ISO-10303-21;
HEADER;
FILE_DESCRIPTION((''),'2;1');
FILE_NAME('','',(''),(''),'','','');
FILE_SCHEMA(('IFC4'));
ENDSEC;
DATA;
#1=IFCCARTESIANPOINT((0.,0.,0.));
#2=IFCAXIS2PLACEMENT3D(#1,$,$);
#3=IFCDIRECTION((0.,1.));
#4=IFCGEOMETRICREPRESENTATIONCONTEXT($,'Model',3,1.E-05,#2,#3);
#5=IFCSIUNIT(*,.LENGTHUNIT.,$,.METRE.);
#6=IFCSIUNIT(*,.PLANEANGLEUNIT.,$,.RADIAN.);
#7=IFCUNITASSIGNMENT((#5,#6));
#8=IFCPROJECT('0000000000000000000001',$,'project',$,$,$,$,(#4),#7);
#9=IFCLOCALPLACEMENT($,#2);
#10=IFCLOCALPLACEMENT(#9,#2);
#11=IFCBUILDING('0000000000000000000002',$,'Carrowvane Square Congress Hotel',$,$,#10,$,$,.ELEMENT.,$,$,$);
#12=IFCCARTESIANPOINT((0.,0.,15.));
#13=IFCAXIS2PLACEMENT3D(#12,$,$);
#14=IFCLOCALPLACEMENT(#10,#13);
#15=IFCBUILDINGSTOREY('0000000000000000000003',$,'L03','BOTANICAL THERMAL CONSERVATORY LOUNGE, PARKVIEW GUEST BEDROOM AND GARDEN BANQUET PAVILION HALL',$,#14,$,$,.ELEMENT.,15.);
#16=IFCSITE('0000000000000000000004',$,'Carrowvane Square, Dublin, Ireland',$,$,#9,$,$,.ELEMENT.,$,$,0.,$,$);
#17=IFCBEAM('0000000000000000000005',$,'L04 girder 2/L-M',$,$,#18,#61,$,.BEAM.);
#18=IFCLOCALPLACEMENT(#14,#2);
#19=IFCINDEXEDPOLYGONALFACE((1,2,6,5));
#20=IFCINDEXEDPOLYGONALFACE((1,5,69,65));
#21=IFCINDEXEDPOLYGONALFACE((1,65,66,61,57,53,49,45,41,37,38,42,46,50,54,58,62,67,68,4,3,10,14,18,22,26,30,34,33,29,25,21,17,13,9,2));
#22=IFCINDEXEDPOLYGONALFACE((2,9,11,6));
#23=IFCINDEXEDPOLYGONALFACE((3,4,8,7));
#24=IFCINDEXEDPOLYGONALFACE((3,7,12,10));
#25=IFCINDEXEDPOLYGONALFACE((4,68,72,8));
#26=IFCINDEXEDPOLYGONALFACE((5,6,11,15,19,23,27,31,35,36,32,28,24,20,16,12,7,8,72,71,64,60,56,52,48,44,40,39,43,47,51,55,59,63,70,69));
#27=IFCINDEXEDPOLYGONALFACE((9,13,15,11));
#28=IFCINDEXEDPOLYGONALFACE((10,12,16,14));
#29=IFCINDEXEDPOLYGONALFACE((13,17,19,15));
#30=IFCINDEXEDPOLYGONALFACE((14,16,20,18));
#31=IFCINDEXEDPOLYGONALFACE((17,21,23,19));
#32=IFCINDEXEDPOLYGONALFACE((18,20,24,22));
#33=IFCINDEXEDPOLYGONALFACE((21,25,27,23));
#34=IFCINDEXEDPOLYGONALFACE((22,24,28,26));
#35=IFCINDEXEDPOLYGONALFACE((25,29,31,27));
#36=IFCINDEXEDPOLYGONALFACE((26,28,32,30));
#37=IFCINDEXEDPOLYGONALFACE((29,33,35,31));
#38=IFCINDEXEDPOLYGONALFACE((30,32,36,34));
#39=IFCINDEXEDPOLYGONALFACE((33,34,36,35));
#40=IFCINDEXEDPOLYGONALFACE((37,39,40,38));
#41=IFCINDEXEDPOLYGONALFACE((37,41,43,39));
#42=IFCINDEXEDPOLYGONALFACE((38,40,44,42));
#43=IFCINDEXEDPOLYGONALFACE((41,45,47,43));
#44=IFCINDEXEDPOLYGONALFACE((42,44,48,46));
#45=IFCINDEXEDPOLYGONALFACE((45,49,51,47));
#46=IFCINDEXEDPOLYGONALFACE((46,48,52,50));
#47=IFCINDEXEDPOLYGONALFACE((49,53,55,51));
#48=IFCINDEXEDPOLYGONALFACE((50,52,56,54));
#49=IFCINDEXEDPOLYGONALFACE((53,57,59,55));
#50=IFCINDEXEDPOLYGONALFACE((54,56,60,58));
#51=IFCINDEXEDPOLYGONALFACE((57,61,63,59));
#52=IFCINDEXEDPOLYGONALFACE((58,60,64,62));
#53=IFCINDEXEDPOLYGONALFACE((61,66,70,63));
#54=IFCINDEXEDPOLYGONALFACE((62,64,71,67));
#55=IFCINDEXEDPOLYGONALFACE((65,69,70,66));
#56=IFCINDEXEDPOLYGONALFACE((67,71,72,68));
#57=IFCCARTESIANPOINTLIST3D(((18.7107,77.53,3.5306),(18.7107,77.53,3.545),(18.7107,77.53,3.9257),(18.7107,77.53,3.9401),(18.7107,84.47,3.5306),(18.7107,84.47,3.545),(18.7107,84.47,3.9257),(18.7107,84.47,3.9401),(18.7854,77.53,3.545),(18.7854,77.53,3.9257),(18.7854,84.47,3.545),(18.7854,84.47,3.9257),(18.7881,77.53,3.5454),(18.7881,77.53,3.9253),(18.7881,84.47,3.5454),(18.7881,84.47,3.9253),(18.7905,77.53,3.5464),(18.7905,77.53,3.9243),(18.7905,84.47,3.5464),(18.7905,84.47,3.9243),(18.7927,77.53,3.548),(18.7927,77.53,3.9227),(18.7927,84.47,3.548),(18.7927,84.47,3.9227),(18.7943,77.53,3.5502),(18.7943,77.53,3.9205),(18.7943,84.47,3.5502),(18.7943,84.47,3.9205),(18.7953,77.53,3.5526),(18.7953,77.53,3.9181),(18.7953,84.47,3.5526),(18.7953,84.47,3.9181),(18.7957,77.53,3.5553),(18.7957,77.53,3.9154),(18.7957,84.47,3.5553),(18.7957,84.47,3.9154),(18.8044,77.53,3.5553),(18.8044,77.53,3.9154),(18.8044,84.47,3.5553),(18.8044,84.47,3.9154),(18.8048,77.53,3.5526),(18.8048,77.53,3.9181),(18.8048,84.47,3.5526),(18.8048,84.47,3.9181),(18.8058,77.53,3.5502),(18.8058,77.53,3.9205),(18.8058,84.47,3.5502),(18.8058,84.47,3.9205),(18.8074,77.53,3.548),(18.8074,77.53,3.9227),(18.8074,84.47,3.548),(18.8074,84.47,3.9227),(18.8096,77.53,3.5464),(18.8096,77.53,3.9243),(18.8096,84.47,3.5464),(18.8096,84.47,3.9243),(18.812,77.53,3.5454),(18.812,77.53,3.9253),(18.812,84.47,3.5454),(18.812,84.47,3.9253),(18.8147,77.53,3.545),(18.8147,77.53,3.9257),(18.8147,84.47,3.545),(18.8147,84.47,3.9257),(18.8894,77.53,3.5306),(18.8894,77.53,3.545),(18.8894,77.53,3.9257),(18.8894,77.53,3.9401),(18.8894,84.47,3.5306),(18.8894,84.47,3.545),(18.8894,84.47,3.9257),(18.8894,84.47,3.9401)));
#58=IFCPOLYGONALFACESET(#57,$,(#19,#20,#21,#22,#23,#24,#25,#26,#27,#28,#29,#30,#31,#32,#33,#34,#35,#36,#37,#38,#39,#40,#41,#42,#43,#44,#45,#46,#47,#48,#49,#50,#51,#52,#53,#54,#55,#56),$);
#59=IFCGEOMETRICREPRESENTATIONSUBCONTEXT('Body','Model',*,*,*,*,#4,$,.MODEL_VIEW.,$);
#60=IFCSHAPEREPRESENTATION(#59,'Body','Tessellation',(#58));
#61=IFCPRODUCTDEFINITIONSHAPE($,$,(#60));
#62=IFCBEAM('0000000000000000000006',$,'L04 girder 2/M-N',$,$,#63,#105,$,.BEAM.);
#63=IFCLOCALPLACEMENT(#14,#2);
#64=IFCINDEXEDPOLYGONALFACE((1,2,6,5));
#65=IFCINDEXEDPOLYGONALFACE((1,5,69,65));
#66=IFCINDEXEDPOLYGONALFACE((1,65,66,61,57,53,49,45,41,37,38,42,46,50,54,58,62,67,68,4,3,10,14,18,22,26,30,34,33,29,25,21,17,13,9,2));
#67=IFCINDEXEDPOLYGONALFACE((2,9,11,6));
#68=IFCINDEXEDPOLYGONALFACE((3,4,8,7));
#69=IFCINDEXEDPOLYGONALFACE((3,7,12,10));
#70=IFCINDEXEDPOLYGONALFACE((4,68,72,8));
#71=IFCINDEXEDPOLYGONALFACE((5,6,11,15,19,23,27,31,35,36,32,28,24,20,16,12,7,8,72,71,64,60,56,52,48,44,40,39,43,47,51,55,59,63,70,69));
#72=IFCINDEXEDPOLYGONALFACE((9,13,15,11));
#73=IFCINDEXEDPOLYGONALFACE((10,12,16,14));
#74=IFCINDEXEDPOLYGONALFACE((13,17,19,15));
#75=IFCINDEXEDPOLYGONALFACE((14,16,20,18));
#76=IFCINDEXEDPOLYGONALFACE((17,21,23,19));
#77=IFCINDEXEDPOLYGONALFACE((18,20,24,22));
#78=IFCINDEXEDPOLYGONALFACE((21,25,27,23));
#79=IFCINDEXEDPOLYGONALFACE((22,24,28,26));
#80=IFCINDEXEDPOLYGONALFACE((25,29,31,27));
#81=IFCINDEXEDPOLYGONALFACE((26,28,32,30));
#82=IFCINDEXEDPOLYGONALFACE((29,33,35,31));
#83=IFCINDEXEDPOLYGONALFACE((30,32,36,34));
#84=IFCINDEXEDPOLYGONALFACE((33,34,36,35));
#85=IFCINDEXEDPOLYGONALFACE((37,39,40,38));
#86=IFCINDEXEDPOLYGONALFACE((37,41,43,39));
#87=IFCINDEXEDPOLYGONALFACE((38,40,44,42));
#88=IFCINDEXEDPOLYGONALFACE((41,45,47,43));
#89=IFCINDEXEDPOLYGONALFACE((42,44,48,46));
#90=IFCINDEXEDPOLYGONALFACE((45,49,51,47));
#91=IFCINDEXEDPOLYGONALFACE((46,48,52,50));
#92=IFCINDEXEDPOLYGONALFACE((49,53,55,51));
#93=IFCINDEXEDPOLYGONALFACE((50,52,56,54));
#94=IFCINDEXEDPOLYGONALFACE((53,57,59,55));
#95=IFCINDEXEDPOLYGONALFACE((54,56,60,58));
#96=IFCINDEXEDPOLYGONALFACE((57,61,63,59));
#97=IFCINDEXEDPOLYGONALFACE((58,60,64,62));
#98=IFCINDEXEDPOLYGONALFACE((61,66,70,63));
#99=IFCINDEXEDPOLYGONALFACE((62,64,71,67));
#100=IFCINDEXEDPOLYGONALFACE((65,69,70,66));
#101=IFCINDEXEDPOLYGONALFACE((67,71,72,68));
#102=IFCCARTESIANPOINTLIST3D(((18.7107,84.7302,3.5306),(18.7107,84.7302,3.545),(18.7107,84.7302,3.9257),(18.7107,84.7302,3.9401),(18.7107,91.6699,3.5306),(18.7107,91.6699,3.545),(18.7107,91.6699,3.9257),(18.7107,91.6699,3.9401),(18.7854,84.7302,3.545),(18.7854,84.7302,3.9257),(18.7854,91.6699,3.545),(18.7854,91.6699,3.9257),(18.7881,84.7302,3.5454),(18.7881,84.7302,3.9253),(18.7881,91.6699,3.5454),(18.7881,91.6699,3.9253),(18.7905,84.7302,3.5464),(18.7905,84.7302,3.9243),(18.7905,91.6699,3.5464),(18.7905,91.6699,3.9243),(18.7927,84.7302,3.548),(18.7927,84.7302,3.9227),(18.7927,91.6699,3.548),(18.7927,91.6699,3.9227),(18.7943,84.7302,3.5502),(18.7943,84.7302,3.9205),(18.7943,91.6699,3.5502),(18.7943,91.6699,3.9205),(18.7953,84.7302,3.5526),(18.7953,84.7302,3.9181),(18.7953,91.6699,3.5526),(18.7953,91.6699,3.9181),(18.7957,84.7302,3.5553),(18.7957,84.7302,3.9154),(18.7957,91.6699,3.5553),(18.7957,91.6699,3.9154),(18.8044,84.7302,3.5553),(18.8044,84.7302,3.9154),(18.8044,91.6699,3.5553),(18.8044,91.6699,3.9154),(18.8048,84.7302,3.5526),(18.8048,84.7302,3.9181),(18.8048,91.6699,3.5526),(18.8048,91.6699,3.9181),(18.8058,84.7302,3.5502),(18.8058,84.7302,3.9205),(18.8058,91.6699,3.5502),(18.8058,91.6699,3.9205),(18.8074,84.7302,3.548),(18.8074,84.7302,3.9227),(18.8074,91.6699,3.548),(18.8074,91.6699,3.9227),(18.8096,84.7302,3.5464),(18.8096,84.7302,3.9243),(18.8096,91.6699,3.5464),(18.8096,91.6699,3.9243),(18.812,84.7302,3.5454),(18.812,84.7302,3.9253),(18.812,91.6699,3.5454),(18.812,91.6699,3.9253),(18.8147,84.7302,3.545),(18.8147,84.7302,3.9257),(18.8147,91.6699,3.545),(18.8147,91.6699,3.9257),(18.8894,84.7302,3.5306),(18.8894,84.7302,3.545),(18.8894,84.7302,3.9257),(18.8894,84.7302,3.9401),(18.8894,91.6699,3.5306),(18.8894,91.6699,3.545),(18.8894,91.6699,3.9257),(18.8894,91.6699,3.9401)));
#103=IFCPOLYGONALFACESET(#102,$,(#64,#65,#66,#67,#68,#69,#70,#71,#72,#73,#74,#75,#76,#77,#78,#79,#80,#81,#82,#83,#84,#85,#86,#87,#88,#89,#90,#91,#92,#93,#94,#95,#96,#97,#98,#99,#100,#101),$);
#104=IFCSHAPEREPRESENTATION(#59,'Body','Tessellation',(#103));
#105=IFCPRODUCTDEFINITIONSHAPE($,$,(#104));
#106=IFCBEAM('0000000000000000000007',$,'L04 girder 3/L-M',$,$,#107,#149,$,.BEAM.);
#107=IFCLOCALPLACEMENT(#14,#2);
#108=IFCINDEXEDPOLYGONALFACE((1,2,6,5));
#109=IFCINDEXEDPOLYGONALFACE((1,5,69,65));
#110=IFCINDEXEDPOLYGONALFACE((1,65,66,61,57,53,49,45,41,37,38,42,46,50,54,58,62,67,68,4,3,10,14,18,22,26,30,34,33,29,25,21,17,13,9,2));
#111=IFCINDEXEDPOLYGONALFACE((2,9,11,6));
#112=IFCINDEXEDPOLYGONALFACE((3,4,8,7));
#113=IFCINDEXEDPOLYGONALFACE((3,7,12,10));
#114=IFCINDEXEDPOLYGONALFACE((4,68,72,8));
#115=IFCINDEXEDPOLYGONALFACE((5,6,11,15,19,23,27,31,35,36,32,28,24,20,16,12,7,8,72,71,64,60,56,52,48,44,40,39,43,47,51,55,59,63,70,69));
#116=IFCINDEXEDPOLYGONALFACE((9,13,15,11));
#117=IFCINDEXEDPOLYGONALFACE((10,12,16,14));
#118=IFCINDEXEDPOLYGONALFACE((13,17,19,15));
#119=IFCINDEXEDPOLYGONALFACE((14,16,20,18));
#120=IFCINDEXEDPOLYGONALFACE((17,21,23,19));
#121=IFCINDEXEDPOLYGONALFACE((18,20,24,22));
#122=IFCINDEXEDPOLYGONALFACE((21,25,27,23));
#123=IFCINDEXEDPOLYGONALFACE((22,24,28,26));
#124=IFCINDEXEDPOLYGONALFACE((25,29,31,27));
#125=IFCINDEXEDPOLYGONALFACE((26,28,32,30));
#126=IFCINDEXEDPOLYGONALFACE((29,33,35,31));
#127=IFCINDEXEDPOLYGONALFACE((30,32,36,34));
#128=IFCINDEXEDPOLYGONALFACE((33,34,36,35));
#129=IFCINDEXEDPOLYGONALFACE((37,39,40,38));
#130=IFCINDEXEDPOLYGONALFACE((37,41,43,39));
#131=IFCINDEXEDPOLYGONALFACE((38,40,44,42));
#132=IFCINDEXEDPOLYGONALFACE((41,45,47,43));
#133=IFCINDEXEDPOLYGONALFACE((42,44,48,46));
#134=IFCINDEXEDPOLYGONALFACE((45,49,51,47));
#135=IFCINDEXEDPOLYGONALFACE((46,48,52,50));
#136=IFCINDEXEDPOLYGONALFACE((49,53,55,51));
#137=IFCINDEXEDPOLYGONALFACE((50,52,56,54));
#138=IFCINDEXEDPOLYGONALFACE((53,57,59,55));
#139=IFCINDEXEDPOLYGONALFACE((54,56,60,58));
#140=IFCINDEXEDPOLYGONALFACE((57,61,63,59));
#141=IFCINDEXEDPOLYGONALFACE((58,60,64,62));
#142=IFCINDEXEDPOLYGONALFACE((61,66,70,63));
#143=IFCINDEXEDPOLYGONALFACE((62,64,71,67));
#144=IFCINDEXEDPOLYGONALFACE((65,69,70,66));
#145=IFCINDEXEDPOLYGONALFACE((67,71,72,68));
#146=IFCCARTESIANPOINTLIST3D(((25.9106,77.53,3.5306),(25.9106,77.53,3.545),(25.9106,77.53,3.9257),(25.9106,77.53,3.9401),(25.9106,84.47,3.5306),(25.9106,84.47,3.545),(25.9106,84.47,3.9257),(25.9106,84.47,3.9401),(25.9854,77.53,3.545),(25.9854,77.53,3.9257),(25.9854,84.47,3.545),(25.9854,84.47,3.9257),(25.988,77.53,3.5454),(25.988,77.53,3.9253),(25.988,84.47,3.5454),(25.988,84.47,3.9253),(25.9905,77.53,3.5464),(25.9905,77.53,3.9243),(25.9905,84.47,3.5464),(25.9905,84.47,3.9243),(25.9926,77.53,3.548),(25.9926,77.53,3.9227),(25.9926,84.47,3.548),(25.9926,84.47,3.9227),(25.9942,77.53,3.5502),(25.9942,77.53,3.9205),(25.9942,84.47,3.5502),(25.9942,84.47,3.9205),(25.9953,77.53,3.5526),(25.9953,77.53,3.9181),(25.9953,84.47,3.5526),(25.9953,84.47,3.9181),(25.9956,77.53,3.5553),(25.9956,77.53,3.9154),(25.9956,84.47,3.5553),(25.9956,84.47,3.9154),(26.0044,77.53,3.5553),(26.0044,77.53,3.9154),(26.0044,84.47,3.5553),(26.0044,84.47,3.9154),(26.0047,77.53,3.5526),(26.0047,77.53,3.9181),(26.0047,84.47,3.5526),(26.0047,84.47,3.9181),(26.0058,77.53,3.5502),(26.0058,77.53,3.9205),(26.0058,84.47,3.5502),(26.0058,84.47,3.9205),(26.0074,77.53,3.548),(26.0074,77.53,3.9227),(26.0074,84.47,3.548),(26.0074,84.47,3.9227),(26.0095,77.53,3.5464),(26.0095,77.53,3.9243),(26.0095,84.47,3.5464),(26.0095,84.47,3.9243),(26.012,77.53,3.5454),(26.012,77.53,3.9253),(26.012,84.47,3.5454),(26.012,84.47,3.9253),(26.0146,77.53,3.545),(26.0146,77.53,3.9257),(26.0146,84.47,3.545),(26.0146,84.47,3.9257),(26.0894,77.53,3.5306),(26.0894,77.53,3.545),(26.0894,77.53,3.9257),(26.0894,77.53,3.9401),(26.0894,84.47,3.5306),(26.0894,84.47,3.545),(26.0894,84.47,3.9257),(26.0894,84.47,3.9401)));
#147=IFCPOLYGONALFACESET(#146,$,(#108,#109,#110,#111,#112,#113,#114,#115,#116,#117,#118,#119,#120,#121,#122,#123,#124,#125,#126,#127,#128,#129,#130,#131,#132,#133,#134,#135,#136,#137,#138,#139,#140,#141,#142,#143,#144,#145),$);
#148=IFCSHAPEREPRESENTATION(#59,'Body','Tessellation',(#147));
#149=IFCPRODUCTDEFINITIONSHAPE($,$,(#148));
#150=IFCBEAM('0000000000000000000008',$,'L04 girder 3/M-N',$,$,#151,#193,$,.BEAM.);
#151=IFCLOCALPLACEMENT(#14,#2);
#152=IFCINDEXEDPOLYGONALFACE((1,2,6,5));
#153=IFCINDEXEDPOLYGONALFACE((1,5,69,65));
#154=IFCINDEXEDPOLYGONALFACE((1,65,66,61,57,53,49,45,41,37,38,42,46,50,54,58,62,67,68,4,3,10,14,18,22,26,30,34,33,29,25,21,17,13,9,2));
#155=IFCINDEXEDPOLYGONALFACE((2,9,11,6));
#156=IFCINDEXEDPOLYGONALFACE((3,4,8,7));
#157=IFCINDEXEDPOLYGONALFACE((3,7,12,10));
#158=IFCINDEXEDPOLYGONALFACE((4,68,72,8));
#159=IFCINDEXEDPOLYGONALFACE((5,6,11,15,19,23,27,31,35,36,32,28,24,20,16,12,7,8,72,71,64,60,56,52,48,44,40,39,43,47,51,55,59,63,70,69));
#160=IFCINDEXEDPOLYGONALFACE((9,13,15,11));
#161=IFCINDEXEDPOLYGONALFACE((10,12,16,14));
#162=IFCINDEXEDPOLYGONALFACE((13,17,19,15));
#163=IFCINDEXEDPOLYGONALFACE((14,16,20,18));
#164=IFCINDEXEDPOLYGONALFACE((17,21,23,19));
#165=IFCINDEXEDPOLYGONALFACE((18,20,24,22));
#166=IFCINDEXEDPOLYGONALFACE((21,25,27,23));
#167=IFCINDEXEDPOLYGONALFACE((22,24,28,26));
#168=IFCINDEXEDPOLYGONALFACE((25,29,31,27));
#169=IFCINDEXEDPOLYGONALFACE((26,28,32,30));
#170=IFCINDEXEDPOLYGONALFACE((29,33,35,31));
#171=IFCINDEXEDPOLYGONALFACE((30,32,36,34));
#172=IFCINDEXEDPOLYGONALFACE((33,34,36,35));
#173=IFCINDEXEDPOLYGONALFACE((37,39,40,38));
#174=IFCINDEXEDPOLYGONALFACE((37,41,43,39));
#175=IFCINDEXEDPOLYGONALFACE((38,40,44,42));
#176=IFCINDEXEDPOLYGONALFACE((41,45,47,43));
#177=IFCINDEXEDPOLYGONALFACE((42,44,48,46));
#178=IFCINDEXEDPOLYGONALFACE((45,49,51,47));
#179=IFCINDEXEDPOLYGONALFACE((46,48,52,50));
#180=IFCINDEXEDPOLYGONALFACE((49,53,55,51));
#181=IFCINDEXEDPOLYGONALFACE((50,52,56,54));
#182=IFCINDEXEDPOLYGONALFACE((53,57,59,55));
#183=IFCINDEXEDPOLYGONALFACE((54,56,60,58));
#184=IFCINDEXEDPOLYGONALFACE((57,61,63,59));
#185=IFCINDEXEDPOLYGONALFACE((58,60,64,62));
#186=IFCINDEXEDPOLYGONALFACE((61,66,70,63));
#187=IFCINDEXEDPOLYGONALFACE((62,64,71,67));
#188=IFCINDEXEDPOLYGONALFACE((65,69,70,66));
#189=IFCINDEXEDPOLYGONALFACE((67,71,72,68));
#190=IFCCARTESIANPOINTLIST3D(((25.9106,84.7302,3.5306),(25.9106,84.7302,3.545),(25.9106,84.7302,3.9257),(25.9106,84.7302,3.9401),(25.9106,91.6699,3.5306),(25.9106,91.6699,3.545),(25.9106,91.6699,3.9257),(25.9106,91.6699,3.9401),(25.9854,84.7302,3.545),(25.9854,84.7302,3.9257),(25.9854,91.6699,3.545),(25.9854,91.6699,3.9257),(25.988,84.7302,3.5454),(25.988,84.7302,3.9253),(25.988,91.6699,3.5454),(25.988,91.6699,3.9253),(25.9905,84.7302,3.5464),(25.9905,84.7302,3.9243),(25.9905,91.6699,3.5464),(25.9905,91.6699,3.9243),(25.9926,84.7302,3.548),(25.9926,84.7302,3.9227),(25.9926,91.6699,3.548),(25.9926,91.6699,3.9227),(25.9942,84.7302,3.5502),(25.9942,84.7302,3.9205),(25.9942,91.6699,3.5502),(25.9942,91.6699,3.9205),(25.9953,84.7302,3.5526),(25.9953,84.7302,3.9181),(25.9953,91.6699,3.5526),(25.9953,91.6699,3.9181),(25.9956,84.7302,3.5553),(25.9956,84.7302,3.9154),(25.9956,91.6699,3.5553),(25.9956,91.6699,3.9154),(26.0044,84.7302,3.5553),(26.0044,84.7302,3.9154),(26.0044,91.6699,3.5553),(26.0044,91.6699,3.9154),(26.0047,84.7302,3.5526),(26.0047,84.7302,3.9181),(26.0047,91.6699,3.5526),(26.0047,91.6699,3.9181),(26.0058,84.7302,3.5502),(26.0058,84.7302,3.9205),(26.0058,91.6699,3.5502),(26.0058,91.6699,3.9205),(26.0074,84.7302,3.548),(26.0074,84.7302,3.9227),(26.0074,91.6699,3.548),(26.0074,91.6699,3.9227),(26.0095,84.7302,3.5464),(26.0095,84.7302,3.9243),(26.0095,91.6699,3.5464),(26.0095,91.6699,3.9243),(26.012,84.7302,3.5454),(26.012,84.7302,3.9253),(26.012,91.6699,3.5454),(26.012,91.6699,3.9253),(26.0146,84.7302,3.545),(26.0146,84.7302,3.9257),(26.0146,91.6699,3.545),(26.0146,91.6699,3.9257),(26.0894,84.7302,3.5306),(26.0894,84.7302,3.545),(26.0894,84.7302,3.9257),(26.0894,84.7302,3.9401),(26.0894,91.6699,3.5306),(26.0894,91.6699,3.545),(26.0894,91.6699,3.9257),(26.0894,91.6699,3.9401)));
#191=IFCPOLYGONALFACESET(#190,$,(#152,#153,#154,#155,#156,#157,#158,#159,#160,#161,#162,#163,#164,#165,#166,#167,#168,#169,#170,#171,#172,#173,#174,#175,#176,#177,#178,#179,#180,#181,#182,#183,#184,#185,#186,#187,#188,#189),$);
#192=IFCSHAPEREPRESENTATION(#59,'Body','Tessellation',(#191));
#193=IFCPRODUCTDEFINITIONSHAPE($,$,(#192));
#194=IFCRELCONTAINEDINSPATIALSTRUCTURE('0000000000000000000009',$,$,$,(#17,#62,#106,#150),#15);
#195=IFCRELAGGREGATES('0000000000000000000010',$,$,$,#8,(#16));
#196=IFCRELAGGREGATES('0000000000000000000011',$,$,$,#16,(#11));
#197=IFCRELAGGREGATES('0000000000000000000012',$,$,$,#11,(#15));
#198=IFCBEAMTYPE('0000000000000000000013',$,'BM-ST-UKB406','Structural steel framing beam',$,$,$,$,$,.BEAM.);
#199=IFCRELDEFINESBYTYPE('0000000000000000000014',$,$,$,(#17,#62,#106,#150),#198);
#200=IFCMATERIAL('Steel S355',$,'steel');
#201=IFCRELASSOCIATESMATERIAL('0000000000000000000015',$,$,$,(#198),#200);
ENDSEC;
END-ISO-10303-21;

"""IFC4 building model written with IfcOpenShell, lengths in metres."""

from ifc_helpers import new_model, si_unit, direction, frame, origin, origin_2d, place, context, subcontext, project, spatial, i_section, extrude, material, material_profile, profile_set, type_object, element, save


model = new_model("IFC4")

# Units and contexts
model_context = context("Model", 3, precision=1e-05, world=origin(), true_north=direction((0.0, 1.0)))
body_context = subcontext(model_context, "Body", "Model", "MODEL_VIEW")
ifc_project = project(units=[si_unit("LENGTHUNIT", "METRE"), si_unit("PLANEANGLEUNIT", "RADIAN")], contexts=[model_context])

# Site, building, storey
site_placement = place(None, origin())
site = spatial("IfcSite", under=ifc_project, at=site_placement, Name="Carrowvane Square, Dublin, Ireland", CompositionType="ELEMENT", RefElevation=0.0)
building_placement = place(site_placement, origin())
building = spatial("IfcBuilding", under=site, at=building_placement, Name="Carrowvane Square Congress Hotel", CompositionType="ELEMENT")
storey_placement = place(building_placement, frame((0.0, 0.0, 15.0)))
storey = spatial("IfcBuildingStorey", under=building, at=storey_placement, Name="L03", Description="BOTANICAL THERMAL CONSERVATORY LOUNGE, PARKVIEW GUEST BEDROOM AND GARDEN BANQUET PAVILION HALL", CompositionType="ELEMENT", Elevation=15.0)

# Beams
ifc_material_1 = material(Name="Steel S355", Category="steel")
ifc_material_profile_1 = material_profile(ifc_material_1, i_section(OverallWidth=0.1787, OverallDepth=0.4094, WebThickness=0.0088, FlangeThickness=0.0144, FilletRadius=0.0103, at=origin_2d()), Name="UKB 406x178x67")
ifc_profile_set_1 = profile_set([ifc_material_profile_1], Name="Steel S355")
beam_type_1 = type_object("IfcBeamType", Name="BM-ST-UKB406", Description="Structural steel framing beam", PredefinedType="BEAM", material=ifc_profile_set_1)
beam_1_placement = place(storey_placement, frame((18.8, 77.53, 3.7354), z_axis=(0.0, 1.0, 0.0), x_axis=(-1.0, 0.0, 0.0)))
element("IfcBeam", 1, at=beam_1_placement, inside=storey, type_object=beam_type_1, Name="L04 girder 2/L-M", PredefinedType="BEAM", context=body_context, shape_type="SweptSolid", body=[
    extrude(i_section(OverallWidth=0.1787, OverallDepth=0.4094, WebThickness=0.0088, FlangeThickness=0.0144, FilletRadius=0.0103, at=origin_2d()), origin(), (0.0, 0.0, 1.0), 6.9399),
])
beam_2_placement = place(storey_placement, frame((18.8, 84.7302, 3.7354), z_axis=(0.0, 1.0, 0.0), x_axis=(-1.0, 0.0, 0.0)))
element("IfcBeam", 2, at=beam_2_placement, inside=storey, type_object=beam_type_1, Name="L04 girder 2/M-N", PredefinedType="BEAM", context=body_context, shape_type="SweptSolid", body=[
    extrude(i_section(OverallWidth=0.1787, OverallDepth=0.4094, WebThickness=0.0088, FlangeThickness=0.0144, FilletRadius=0.0103, at=origin_2d()), origin(), (0.0, 0.0, 1.0), 6.9397),
])
beam_3_placement = place(storey_placement, frame((26.0, 77.53, 3.7354), z_axis=(0.0, 1.0, 0.0), x_axis=(-1.0, 0.0, 0.0)))
element("IfcBeam", 3, at=beam_3_placement, inside=storey, type_object=beam_type_1, Name="L04 girder 3/L-M", PredefinedType="BEAM", context=body_context, shape_type="SweptSolid", body=[
    extrude(i_section(OverallWidth=0.1787, OverallDepth=0.4094, WebThickness=0.0088, FlangeThickness=0.0144, FilletRadius=0.0103, at=origin_2d()), origin(), (0.0, 0.0, 1.0), 6.9399),
])
beam_4_placement = place(storey_placement, frame((26.0, 84.7302, 3.7354), z_axis=(0.0, 1.0, 0.0), x_axis=(-1.0, 0.0, 0.0)))
element("IfcBeam", 4, at=beam_4_placement, inside=storey, type_object=beam_type_1, Name="L04 girder 3/M-N", PredefinedType="BEAM", context=body_context, shape_type="SweptSolid", body=[
    extrude(i_section(OverallWidth=0.1787, OverallDepth=0.4094, WebThickness=0.0088, FlangeThickness=0.0144, FilletRadius=0.0103, at=origin_2d()), origin(), (0.0, 0.0, 1.0), 6.9397),
])

save(model, "model.ifc")
